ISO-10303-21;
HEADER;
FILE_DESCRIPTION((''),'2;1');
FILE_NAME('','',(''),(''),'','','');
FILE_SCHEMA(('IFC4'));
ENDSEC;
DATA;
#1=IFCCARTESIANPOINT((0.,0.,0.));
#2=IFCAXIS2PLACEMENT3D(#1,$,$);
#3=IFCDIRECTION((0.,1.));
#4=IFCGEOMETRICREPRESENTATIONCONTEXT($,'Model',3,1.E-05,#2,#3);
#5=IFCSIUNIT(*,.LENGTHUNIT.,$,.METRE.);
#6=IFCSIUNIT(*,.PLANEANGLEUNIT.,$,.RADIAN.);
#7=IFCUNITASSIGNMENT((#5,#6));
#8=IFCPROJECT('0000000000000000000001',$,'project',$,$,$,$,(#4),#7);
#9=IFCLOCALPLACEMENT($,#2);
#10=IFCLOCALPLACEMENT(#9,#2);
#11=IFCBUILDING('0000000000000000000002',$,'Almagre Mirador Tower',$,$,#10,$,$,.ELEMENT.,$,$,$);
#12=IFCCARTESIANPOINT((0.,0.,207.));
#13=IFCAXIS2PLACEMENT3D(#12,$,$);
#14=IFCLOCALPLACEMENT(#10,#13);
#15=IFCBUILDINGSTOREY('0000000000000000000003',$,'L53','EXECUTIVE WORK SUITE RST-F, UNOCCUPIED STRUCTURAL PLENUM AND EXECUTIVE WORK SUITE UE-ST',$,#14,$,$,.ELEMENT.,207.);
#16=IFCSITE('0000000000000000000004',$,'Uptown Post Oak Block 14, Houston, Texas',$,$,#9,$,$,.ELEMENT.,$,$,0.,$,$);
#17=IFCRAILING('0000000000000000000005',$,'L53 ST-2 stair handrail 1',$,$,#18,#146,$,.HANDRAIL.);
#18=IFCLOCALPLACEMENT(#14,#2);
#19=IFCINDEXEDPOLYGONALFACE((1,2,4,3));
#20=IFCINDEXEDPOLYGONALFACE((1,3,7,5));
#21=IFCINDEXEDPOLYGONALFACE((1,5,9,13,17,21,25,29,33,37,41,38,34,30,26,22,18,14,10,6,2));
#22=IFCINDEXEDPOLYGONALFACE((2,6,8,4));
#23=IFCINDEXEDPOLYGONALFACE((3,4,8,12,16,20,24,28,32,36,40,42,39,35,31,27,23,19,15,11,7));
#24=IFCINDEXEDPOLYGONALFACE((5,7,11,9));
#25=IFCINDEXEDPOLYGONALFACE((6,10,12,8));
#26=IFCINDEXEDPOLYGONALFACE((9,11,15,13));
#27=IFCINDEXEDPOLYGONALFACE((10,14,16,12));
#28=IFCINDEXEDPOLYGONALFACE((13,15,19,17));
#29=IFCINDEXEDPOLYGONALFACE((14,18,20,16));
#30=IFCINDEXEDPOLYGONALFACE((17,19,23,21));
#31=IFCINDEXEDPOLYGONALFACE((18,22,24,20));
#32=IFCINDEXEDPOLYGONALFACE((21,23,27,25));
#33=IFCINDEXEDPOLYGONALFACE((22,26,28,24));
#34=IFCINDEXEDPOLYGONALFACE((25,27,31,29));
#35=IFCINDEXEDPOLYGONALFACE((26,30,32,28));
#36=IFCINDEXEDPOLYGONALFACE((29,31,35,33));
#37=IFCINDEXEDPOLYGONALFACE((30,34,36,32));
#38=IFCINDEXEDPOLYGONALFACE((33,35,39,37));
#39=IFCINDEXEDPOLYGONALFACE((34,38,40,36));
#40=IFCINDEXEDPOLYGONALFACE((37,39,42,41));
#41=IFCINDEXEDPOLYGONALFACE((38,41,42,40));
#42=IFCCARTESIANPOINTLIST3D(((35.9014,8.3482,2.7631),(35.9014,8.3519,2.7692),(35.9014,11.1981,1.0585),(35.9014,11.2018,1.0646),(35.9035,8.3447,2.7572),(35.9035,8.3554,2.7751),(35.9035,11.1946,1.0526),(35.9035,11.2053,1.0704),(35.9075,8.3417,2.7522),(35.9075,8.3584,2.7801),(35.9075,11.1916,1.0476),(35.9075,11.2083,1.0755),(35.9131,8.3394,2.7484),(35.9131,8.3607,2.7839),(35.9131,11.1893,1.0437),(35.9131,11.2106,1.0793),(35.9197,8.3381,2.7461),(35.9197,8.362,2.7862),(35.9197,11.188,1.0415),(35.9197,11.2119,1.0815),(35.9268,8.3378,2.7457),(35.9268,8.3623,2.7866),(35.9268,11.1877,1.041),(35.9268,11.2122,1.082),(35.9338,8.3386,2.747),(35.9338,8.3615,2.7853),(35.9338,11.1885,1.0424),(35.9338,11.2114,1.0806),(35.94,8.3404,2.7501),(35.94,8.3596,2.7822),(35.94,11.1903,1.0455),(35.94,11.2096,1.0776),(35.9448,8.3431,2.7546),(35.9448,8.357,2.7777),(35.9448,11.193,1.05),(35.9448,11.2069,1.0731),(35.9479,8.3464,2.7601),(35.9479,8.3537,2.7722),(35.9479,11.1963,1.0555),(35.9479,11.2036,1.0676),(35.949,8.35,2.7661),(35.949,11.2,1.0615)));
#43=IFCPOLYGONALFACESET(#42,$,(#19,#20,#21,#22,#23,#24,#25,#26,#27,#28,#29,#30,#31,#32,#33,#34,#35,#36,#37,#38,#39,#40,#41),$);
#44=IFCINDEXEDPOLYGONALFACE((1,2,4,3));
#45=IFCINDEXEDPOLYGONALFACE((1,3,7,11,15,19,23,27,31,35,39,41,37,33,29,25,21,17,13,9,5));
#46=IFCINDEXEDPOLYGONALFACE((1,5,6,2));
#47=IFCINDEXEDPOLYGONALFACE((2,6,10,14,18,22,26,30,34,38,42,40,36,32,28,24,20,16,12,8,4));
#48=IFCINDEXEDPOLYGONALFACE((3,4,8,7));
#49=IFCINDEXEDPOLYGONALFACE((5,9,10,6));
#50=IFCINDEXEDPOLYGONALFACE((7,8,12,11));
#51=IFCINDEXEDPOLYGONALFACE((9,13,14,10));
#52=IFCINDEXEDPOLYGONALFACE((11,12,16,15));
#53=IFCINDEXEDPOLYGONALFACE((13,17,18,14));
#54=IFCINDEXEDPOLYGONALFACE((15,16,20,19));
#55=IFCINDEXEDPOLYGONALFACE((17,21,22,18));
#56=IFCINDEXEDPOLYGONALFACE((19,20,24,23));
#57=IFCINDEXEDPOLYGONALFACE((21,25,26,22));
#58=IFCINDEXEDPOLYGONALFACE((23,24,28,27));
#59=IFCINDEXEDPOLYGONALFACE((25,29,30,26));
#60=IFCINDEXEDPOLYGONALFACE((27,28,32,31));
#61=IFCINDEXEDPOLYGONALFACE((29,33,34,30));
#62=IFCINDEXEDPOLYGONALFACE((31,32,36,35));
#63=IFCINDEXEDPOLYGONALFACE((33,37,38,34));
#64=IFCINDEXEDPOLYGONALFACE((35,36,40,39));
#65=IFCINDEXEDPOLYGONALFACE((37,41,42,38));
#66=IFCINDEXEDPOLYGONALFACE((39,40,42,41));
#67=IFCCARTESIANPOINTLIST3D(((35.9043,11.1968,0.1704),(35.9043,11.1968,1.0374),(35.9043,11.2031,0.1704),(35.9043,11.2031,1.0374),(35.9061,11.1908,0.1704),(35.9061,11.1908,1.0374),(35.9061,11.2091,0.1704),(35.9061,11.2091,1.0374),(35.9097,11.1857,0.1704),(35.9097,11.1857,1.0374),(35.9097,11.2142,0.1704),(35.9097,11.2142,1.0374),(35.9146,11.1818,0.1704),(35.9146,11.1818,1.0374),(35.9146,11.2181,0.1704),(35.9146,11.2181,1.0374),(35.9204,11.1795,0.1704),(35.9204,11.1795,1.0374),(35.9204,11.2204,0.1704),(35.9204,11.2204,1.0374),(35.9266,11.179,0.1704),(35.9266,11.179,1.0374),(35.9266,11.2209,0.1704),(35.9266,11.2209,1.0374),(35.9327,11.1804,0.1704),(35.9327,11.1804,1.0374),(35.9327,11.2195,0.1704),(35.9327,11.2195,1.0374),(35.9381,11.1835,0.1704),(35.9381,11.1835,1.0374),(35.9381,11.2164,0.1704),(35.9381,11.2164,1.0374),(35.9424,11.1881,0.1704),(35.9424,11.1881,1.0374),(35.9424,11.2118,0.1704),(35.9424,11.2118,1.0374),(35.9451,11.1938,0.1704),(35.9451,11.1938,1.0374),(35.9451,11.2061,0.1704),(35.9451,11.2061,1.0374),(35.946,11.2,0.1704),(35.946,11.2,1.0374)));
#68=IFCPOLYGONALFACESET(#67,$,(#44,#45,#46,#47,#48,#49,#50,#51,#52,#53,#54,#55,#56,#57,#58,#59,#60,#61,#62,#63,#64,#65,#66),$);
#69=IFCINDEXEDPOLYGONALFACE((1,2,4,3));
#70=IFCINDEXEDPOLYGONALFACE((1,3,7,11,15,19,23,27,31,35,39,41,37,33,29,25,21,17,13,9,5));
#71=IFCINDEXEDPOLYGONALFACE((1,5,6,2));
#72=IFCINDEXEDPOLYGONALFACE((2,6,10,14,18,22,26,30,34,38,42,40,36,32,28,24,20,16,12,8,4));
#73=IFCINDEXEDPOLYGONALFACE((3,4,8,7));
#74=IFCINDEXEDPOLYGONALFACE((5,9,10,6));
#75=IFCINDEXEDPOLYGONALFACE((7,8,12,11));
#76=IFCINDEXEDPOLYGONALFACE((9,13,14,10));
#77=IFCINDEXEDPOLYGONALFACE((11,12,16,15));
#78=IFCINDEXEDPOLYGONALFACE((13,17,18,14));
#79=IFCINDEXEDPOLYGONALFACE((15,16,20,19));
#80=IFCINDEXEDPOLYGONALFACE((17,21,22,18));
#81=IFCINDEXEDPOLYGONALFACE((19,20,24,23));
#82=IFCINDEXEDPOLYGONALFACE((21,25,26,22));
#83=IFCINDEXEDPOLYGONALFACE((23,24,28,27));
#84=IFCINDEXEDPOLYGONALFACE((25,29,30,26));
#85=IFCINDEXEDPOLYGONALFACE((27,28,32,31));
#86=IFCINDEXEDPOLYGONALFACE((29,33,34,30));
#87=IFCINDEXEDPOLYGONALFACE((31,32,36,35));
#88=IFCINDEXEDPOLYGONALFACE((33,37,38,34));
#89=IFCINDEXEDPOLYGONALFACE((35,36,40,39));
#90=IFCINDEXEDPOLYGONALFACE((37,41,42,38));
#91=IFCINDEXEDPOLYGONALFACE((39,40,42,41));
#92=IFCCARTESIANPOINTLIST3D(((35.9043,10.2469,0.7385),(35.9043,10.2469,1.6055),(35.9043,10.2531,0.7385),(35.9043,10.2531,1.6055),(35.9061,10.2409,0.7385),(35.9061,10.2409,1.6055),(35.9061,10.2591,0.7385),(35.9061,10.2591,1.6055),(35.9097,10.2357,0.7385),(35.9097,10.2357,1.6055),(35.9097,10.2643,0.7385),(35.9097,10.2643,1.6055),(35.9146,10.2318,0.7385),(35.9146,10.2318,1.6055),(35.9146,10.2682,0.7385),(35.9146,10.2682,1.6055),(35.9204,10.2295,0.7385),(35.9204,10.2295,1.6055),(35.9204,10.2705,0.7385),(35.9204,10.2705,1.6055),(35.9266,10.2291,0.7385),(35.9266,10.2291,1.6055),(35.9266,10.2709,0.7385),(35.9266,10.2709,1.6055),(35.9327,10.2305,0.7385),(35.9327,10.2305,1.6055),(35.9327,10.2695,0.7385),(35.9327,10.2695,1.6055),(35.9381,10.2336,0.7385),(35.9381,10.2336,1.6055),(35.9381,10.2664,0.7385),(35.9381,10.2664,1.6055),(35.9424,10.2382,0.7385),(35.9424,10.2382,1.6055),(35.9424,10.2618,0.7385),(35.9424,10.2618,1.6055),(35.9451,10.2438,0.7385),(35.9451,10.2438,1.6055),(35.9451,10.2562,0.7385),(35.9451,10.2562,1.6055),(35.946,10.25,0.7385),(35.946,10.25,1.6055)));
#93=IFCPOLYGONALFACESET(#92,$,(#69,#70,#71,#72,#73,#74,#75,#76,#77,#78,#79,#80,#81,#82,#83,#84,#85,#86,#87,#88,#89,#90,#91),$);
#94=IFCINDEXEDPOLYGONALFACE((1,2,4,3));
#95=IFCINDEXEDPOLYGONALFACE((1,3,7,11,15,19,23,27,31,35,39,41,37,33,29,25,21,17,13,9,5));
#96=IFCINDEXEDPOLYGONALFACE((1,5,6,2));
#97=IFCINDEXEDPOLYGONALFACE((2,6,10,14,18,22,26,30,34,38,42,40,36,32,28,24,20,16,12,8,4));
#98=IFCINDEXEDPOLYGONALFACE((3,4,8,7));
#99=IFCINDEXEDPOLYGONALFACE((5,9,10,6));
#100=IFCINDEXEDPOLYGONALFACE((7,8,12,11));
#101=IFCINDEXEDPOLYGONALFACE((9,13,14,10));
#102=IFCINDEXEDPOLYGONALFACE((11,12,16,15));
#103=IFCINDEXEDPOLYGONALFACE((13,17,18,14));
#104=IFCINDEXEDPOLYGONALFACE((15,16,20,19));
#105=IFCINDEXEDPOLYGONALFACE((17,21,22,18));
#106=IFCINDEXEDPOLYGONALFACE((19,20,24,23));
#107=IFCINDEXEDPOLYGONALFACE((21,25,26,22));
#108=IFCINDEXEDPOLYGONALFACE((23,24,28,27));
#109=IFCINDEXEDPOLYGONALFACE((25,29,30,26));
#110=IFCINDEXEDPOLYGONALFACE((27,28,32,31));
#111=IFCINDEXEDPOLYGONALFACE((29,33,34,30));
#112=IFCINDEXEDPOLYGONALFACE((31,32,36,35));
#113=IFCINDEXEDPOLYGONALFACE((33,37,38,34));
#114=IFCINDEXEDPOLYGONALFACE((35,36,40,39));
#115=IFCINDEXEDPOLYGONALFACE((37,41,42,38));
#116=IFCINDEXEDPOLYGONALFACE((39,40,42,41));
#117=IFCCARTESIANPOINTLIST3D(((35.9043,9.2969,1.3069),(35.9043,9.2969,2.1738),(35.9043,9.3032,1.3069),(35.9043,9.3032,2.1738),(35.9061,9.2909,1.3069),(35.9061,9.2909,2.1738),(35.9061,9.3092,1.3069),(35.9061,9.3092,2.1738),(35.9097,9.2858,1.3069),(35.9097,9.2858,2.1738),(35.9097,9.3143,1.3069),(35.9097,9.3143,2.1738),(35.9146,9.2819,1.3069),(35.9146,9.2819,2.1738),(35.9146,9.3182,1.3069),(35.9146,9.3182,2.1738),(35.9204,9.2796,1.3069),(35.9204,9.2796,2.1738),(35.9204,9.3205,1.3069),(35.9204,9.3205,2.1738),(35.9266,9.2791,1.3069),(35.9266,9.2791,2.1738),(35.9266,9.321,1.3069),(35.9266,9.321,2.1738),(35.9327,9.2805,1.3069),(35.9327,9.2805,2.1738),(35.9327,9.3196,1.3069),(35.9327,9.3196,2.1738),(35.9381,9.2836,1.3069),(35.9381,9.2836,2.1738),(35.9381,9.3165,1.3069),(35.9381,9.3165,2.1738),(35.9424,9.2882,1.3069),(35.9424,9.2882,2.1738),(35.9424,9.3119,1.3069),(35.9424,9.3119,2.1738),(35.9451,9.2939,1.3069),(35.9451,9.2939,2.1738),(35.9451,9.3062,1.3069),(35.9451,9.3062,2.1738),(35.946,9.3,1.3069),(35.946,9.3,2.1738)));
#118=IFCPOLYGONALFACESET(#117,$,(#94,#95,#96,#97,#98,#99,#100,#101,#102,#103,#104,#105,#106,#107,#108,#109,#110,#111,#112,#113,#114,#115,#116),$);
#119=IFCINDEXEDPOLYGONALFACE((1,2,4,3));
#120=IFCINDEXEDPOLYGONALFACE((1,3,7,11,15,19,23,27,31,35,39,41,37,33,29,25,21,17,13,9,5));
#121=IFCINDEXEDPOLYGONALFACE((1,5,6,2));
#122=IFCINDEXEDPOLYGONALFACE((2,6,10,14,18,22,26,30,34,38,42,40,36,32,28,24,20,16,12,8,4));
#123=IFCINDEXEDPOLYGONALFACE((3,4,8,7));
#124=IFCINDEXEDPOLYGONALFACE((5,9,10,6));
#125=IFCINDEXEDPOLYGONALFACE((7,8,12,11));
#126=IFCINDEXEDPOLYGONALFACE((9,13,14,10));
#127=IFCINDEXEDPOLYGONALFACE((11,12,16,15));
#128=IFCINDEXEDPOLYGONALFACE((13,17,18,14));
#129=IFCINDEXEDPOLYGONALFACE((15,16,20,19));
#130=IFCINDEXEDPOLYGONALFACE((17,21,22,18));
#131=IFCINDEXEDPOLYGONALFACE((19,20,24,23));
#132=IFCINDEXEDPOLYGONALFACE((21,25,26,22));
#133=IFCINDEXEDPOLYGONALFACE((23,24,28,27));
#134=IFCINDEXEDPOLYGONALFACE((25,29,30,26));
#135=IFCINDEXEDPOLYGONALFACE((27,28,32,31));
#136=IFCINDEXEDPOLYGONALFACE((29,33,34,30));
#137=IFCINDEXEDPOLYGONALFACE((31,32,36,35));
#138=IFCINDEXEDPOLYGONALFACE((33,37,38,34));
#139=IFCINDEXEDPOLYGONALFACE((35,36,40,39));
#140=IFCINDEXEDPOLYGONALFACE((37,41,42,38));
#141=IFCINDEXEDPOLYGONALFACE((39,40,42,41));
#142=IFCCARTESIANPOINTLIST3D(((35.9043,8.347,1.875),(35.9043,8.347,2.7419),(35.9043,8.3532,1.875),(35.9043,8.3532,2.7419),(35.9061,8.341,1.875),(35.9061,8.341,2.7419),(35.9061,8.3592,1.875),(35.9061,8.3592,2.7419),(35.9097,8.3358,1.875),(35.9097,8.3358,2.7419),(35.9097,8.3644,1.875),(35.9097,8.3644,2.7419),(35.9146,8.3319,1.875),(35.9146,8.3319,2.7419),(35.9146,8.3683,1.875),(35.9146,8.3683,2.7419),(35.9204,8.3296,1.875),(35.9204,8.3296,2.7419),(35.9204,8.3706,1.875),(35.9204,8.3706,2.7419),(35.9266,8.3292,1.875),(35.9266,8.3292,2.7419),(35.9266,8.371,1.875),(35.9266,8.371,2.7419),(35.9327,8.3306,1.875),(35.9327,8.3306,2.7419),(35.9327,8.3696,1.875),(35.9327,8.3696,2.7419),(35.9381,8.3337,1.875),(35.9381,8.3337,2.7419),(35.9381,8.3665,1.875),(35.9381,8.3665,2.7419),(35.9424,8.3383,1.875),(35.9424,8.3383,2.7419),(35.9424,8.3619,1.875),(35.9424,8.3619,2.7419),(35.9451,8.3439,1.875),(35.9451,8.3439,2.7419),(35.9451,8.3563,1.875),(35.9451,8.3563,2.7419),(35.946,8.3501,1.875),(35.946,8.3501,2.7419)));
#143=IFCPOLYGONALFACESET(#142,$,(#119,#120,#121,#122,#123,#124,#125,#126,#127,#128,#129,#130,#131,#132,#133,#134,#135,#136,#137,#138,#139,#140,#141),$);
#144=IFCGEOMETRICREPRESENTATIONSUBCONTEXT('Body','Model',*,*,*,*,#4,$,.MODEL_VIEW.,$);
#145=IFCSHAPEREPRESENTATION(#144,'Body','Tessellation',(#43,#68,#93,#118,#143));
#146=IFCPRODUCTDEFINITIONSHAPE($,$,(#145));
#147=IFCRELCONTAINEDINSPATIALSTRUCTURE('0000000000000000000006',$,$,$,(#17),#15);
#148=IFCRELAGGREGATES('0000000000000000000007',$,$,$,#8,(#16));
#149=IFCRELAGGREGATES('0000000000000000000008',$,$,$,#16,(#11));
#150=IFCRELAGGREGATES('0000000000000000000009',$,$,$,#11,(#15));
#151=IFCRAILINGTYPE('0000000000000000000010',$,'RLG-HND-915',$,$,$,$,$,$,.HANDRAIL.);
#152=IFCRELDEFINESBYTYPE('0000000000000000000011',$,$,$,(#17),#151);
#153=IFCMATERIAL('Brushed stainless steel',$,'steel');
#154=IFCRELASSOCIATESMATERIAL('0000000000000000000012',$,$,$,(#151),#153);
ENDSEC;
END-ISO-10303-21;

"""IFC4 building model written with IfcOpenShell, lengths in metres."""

from ifc_helpers import new_model, si_unit, direction, frame, origin, origin_2d, place, context, subcontext, project, spatial, circle, extrude, material, type_object, element, save


model = new_model("IFC4")

# Units and contexts
model_context = context("Model", 3, precision=1e-05, world=origin(), true_north=direction((0.0, 1.0)))
body_context = subcontext(model_context, "Body", "Model", "MODEL_VIEW")
ifc_project = project(units=[si_unit("LENGTHUNIT", "METRE"), si_unit("PLANEANGLEUNIT", "RADIAN")], contexts=[model_context])

# Site, building, storey
site_placement = place(None, origin())
site = spatial("IfcSite", under=ifc_project, at=site_placement, Name="Uptown Post Oak Block 14, Houston, Texas", CompositionType="ELEMENT", RefElevation=0.0)
building_placement = place(site_placement, origin())
building = spatial("IfcBuilding", under=site, at=building_placement, Name="Almagre Mirador Tower", CompositionType="ELEMENT")
storey_placement = place(building_placement, frame((0.0, 0.0, 207.0)))
storey = spatial("IfcBuildingStorey", under=building, at=storey_placement, Name="L53", Description="EXECUTIVE WORK SUITE RST-F, UNOCCUPIED STRUCTURAL PLENUM AND EXECUTIVE WORK SUITE UE-ST", CompositionType="ELEMENT", Elevation=207.0)

# Railing
ifc_material_1 = material(Name="Brushed stainless steel", Category="steel")
railing_type_1 = type_object("IfcRailingType", Name="RLG-HND-915", PredefinedType="HANDRAIL", material=ifc_material_1)
railing_1_placement = place(storey_placement, frame((35.925, 11.2, 0.1704)))
element("IfcRailing", 1, at=railing_1_placement, inside=storey, type_object=railing_type_1, Name="L53 ST-2 stair handrail 1", PredefinedType="HANDRAIL", context=body_context, shape_type="SweptSolid", body=[
    extrude(circle(Radius=0.0239, at=origin_2d()), frame((0.0, 0.0, 0.8911), z_axis=(0.0, -0.858199, 0.513317), x_axis=(1.0, 0.0, 0.0)), (0.0, 0.0, 1.0), 3.3208),
    extrude(circle(Radius=0.021, at=origin_2d()), origin(), (0.0, 0.0, 1.0), 0.8669),
    extrude(circle(Radius=0.021, at=origin_2d()), frame((0.0, -0.95, 0.5681)), (0.0, 0.0, 1.0), 0.8669),
    extrude(circle(Radius=0.021, at=origin_2d()), frame((0.0, -1.8999, 1.1365)), (0.0, 0.0, 1.0), 0.8669),
    extrude(circle(Radius=0.021, at=origin_2d()), frame((0.0, -2.8499, 1.7046)), (0.0, 0.0, 1.0), 0.8669),
])

save(model, "model.ifc")
